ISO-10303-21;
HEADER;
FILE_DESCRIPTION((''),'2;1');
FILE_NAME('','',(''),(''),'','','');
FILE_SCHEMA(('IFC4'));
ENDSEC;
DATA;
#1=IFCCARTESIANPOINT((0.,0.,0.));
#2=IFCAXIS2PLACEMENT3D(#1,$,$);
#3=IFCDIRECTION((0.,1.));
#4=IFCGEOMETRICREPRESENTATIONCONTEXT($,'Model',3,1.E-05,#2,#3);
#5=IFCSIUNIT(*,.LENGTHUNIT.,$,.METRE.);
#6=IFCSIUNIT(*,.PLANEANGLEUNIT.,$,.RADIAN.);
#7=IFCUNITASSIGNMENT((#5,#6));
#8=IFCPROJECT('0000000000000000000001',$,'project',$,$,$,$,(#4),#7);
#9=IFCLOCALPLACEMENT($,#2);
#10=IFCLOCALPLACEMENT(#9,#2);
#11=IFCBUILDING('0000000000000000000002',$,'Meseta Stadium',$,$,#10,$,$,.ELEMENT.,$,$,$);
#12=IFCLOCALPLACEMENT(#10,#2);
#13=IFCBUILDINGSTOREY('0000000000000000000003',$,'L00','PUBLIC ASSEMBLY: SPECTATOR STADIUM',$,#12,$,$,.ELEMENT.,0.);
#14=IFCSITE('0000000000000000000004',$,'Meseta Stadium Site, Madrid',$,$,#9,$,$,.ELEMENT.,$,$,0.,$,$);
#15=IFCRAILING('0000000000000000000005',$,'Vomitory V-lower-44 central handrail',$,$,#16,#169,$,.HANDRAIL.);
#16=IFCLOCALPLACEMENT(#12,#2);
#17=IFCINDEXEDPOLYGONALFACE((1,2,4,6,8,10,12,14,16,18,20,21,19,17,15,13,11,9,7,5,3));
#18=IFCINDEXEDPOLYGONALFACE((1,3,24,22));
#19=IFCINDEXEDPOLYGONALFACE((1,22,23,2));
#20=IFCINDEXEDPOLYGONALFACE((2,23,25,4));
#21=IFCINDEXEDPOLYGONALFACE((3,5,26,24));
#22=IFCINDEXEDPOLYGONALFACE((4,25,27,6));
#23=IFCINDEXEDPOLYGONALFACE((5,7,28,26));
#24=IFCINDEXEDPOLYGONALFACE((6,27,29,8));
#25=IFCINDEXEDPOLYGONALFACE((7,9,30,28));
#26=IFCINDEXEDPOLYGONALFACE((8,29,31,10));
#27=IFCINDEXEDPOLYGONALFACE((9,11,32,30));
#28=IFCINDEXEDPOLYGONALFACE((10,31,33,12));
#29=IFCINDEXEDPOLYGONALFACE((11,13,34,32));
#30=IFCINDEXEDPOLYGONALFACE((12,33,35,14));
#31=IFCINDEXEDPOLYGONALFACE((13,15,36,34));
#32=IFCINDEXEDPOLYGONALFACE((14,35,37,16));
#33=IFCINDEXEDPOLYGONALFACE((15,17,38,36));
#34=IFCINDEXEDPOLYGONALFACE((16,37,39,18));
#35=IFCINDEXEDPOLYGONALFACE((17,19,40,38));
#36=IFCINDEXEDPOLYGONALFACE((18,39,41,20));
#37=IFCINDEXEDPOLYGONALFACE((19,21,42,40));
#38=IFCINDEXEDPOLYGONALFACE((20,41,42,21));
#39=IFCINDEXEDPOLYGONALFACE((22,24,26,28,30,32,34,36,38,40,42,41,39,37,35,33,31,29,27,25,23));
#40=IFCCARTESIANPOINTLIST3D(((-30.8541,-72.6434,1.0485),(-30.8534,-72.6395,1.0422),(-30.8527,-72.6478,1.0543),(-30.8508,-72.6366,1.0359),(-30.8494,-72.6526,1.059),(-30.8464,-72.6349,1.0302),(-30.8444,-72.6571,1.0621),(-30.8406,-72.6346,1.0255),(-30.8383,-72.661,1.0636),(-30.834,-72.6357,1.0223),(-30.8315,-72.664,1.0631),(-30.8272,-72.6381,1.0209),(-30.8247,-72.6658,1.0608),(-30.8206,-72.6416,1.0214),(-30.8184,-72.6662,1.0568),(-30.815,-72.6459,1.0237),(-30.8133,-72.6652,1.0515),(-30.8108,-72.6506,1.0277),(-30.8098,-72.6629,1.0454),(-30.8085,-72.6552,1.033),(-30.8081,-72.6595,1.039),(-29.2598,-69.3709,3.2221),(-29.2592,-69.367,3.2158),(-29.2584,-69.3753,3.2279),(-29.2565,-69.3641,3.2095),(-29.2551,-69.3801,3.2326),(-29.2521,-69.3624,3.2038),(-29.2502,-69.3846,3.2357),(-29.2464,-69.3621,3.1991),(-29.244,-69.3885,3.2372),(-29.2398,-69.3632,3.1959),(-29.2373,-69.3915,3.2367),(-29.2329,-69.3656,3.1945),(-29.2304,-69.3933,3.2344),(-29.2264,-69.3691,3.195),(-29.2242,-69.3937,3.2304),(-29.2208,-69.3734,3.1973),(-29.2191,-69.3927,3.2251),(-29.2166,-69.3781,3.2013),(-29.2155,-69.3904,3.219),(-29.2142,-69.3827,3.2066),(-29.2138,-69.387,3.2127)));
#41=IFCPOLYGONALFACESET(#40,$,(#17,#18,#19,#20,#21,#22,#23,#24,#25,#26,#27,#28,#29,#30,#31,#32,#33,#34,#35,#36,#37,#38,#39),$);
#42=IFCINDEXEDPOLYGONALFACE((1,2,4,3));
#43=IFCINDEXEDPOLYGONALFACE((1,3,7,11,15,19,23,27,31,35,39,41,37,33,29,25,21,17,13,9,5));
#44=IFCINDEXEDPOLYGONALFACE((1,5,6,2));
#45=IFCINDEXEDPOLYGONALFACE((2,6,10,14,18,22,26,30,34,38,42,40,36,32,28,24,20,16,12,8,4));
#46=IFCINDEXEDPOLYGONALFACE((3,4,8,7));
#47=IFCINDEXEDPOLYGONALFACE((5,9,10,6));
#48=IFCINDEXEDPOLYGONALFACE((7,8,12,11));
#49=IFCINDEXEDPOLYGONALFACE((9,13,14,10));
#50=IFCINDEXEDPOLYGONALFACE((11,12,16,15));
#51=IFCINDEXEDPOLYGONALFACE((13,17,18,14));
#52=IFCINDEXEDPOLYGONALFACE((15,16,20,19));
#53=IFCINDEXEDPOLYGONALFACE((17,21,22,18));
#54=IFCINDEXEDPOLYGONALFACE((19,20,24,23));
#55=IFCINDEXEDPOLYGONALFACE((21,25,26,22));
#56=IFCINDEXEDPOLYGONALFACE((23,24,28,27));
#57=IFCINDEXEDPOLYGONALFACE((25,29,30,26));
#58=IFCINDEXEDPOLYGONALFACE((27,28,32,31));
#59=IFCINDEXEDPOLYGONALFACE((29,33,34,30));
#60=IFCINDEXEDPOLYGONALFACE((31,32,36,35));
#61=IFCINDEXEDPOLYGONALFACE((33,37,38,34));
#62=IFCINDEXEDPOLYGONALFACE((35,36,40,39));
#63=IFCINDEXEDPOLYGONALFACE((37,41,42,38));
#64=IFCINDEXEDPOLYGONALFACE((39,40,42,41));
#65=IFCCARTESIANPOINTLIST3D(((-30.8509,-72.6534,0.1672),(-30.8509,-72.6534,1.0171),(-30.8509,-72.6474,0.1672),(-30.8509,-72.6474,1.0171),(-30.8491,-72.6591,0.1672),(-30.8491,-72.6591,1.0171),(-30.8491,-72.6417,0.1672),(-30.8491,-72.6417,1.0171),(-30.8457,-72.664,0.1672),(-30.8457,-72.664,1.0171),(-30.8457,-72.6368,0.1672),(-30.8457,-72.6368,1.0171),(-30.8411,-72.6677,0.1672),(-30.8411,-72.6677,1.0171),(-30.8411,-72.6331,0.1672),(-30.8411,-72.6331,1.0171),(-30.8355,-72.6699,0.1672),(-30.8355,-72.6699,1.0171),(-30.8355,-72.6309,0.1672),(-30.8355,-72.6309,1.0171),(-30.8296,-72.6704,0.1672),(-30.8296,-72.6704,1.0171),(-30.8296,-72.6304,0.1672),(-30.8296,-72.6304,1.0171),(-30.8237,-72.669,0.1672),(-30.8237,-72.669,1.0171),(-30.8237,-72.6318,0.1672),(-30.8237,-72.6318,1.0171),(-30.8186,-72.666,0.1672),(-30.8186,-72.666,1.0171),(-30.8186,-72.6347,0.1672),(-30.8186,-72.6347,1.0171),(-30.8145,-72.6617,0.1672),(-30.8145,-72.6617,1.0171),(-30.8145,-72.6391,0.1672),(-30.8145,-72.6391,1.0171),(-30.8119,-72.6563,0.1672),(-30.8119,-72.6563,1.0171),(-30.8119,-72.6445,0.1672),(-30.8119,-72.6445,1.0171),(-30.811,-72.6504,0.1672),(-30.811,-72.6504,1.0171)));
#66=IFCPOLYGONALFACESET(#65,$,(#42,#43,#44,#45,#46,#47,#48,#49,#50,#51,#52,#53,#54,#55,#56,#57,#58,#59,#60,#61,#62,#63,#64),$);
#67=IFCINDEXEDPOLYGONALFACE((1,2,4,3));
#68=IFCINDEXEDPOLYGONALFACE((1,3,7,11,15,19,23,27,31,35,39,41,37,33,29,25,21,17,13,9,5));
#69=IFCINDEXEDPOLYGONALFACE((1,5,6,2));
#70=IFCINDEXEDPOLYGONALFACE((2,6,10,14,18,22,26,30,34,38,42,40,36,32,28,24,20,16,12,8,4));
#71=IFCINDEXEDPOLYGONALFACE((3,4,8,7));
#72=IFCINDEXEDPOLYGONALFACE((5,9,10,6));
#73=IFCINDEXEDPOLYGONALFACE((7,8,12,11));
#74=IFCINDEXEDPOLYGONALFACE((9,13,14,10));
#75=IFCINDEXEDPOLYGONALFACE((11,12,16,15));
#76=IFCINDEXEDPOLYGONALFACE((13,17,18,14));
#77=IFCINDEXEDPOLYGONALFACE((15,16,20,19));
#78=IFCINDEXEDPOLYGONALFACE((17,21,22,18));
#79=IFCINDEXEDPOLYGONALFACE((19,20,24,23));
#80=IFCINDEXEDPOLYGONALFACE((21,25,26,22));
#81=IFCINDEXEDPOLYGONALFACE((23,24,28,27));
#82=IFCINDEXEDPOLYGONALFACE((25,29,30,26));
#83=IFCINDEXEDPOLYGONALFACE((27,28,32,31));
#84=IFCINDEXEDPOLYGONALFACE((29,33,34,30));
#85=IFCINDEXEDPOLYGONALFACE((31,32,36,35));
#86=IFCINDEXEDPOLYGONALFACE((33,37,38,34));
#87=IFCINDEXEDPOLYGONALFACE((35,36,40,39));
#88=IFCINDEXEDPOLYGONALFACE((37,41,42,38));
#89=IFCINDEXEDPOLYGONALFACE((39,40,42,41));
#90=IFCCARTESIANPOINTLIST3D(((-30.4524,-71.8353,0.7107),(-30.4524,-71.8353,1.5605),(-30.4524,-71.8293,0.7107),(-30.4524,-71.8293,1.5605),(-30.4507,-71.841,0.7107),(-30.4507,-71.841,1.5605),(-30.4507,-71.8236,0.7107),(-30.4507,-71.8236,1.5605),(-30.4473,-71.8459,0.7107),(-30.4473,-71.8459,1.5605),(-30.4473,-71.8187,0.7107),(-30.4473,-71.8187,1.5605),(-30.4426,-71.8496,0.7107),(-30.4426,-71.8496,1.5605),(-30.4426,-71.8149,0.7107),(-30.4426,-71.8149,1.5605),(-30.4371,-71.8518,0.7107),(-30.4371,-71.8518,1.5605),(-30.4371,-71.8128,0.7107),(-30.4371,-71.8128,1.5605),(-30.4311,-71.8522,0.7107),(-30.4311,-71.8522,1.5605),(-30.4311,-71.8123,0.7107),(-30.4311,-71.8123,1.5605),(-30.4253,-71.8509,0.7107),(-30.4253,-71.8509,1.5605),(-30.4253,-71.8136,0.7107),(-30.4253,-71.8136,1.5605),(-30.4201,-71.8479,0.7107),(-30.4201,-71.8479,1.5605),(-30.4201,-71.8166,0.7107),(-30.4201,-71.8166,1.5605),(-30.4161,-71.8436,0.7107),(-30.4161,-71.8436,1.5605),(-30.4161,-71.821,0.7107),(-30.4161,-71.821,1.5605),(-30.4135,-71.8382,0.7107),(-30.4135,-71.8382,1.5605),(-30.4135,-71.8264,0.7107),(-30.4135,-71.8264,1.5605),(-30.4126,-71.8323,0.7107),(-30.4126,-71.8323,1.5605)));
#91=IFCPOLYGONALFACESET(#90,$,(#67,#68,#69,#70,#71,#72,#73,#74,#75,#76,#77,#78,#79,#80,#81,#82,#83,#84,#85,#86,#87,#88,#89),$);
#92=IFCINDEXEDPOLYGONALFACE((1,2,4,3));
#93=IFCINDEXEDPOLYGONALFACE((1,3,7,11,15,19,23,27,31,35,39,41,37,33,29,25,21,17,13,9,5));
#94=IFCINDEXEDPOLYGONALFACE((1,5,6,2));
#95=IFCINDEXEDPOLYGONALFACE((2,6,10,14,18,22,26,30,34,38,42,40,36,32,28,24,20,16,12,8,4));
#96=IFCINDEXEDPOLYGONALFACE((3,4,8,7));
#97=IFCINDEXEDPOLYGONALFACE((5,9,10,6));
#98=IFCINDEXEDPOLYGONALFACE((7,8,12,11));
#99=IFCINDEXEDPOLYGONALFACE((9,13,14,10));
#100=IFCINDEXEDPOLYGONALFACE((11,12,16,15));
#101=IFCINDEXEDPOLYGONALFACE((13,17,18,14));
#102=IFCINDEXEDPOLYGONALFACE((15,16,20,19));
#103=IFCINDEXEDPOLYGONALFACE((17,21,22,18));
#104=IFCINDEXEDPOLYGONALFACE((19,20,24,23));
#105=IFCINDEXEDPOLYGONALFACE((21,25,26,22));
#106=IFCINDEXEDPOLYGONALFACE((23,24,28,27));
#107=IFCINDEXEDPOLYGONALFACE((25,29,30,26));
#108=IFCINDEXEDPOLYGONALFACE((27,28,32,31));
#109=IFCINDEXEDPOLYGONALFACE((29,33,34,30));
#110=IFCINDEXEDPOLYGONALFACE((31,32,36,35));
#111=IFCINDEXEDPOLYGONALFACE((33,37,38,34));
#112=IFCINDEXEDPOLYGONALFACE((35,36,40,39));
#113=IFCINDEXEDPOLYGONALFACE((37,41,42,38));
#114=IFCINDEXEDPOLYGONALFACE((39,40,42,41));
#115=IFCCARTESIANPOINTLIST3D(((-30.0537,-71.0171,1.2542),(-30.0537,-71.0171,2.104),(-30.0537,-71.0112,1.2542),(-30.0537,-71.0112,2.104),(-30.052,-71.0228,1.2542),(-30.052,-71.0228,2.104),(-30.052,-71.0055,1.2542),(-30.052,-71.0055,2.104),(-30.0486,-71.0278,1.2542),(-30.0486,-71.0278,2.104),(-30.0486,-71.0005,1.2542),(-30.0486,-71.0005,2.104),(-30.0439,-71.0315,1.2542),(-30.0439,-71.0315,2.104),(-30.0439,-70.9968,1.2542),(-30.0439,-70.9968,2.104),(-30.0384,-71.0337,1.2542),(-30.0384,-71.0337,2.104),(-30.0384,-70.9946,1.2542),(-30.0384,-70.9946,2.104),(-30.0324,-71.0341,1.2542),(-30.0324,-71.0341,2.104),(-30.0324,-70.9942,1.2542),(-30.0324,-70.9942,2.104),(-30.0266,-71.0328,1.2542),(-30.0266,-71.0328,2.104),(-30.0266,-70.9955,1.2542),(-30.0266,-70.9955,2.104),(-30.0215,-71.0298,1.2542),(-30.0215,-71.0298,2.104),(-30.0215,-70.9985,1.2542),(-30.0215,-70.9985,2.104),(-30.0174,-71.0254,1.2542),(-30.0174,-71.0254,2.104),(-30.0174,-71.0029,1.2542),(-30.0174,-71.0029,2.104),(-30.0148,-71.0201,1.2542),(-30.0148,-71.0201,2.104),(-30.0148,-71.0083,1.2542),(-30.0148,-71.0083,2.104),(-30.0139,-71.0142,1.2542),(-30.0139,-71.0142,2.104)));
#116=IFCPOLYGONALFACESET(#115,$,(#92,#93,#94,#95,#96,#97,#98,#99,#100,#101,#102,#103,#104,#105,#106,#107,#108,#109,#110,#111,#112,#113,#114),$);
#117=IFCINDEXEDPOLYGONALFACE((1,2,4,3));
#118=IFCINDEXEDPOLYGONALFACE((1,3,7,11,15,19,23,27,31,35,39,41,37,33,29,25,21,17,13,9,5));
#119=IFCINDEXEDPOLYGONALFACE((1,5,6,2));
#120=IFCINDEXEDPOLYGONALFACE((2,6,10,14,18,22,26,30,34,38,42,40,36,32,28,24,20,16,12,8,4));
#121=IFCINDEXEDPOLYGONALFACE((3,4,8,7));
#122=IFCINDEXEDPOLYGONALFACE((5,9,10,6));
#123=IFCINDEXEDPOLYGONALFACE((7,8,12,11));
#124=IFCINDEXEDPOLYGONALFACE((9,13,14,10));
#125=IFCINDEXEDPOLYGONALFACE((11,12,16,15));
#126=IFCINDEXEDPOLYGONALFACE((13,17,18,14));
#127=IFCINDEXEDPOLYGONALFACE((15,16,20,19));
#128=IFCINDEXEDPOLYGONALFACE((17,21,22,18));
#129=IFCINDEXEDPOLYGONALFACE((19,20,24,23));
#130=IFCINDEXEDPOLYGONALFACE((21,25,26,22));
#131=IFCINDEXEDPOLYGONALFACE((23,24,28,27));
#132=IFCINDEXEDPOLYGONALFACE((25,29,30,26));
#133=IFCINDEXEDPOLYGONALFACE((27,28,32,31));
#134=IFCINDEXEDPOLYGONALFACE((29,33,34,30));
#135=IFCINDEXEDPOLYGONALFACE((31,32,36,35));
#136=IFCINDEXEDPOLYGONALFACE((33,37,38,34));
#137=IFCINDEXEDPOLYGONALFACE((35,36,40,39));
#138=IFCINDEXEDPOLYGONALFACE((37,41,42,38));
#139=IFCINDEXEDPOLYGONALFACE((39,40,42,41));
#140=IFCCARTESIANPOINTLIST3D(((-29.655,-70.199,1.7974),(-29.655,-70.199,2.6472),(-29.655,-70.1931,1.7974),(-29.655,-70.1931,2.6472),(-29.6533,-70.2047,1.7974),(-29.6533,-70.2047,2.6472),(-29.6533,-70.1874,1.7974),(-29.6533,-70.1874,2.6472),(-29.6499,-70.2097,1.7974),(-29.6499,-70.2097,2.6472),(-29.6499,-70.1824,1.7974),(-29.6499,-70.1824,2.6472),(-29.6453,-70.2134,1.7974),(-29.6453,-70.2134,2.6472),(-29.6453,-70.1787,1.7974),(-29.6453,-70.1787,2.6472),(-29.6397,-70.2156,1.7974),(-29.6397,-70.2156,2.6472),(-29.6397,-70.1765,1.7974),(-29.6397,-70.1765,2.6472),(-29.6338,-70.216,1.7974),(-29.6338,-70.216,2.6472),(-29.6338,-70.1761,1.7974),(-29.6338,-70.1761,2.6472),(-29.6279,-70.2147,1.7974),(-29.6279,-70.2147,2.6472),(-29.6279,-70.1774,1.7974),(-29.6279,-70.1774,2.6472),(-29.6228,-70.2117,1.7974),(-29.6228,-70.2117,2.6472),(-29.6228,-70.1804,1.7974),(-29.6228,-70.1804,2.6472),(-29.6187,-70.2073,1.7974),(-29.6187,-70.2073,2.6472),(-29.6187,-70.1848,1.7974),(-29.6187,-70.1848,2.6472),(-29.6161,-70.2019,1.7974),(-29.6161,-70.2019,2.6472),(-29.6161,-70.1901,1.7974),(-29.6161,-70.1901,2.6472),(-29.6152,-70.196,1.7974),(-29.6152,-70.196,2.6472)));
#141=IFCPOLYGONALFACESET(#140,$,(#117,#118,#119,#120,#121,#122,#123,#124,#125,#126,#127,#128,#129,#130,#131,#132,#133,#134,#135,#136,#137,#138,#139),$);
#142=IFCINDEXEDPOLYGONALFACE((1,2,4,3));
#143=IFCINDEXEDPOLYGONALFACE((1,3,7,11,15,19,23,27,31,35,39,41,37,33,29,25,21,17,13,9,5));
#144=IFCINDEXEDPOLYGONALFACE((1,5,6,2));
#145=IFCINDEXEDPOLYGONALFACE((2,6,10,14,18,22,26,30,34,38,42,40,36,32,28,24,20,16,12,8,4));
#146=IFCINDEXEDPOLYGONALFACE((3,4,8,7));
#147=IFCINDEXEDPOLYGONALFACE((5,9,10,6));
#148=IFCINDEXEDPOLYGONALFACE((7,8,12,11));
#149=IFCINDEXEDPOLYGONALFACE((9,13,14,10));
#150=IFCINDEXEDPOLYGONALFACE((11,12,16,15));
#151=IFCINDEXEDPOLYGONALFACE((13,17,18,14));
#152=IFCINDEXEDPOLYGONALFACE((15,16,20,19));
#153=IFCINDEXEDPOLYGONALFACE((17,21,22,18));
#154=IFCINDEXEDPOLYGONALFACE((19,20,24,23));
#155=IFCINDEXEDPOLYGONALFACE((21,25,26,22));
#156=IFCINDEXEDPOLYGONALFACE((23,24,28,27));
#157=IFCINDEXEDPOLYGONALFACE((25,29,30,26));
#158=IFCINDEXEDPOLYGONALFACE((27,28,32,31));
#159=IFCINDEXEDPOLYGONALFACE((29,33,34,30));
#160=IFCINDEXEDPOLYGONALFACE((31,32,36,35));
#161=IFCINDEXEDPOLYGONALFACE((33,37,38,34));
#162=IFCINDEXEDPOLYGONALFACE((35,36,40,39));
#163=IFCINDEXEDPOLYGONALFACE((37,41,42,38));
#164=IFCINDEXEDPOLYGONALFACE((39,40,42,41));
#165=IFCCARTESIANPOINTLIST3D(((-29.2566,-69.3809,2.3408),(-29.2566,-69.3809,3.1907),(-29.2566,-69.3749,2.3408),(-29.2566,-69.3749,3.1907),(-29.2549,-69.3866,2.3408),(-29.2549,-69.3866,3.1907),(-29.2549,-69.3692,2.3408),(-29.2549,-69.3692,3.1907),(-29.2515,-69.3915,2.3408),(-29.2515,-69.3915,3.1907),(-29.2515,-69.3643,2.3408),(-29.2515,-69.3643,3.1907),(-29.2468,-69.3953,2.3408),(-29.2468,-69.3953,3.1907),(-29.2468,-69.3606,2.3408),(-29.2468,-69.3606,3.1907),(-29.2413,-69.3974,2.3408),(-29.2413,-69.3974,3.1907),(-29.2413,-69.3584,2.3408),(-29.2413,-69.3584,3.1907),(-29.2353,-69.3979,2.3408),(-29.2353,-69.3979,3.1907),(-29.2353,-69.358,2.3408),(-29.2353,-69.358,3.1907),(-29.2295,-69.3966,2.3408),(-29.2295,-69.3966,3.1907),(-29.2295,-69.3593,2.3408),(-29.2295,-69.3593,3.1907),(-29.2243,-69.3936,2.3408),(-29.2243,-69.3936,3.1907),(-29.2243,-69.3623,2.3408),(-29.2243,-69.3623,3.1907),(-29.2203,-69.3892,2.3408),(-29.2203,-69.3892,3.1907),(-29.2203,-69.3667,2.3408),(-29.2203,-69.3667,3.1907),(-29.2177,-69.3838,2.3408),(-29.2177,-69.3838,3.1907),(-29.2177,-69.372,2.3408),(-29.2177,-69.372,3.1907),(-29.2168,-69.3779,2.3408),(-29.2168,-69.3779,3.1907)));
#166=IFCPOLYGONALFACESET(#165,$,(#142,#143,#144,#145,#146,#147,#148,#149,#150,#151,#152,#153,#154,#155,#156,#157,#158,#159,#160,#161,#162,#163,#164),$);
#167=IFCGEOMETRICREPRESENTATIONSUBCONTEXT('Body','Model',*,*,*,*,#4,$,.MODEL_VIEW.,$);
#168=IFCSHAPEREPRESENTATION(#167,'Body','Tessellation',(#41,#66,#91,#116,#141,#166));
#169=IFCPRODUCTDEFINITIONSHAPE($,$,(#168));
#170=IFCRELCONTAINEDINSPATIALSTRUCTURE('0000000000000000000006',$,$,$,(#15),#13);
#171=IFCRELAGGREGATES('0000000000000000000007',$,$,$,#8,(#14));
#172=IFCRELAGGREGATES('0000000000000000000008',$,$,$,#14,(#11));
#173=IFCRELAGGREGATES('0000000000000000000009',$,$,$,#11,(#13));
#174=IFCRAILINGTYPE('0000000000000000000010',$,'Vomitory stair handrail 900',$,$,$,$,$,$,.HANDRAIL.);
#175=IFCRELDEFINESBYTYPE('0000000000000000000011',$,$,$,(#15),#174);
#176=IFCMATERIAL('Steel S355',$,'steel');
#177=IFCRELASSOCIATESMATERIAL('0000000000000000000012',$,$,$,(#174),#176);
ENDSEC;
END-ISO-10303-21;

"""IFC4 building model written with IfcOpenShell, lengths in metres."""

from ifc_helpers import new_model, si_unit, direction, frame, origin, origin_2d, place, context, subcontext, project, spatial, circle, extrude, material, type_object, element, save


model = new_model("IFC4")

# Units and contexts
model_context = context("Model", 3, precision=1e-05, world=origin(), true_north=direction((0.0, 1.0)))
body_context = subcontext(model_context, "Body", "Model", "MODEL_VIEW")
ifc_project = project(units=[si_unit("LENGTHUNIT", "METRE"), si_unit("PLANEANGLEUNIT", "RADIAN")], contexts=[model_context])

# Site, building, storey
site_placement = place(None, origin())
site = spatial("IfcSite", under=ifc_project, at=site_placement, Name="Meseta Stadium Site, Madrid", CompositionType="ELEMENT", RefElevation=0.0)
building_placement = place(site_placement, origin())
building = spatial("IfcBuilding", under=site, at=building_placement, Name="Meseta Stadium", CompositionType="ELEMENT")
storey_placement = place(building_placement, origin())
storey = spatial("IfcBuildingStorey", under=building, at=storey_placement, Name="L00", Description="PUBLIC ASSEMBLY: SPECTATOR STADIUM", CompositionType="ELEMENT", Elevation=0.0)

# Railing
ifc_material_1 = material(Name="Steel S355", Category="steel")
railing_type_1 = type_object("IfcRailingType", Name="Vomitory stair handrail 900", PredefinedType="HANDRAIL", material=ifc_material_1)
railing_1_placement = place(storey_placement, frame((-30.8311, -72.6504, 0.1672)))
element("IfcRailing", 1, at=railing_1_placement, inside=storey, type_object=railing_type_1, Name="Vomitory V-lower-44 central handrail", PredefinedType="HANDRAIL", context=body_context, shape_type="SweptSolid", body=[
    extrude(circle(Radius=0.0249, at=origin_2d()), frame((0.0, 0.0, 0.875), z_axis=(0.376026, 0.771861, 0.512674), x_axis=(-0.898994, 0.437961, 0.0)), (0.0, 0.0, 1.0), 4.2397),
    extrude(circle(Radius=0.02, at=origin_2d()), origin(), (0.0, 0.0, 1.0), 0.8499),
    extrude(circle(Radius=0.02, at=origin_2d()), frame((0.3984, 0.8181, 0.5435)), (0.0, 0.0, 1.0), 0.8499),
    extrude(circle(Radius=0.02, at=origin_2d()), frame((0.7971, 1.6362, 1.0869)), (0.0, 0.0, 1.0), 0.8499),
    extrude(circle(Radius=0.02, at=origin_2d()), frame((1.1958, 2.4543, 1.6301)), (0.0, 0.0, 1.0), 0.8499),
    extrude(circle(Radius=0.02, at=origin_2d()), frame((1.5942, 3.2725, 2.1736)), (0.0, 0.0, 1.0), 0.8499),
])

save(model, "model.ifc")
